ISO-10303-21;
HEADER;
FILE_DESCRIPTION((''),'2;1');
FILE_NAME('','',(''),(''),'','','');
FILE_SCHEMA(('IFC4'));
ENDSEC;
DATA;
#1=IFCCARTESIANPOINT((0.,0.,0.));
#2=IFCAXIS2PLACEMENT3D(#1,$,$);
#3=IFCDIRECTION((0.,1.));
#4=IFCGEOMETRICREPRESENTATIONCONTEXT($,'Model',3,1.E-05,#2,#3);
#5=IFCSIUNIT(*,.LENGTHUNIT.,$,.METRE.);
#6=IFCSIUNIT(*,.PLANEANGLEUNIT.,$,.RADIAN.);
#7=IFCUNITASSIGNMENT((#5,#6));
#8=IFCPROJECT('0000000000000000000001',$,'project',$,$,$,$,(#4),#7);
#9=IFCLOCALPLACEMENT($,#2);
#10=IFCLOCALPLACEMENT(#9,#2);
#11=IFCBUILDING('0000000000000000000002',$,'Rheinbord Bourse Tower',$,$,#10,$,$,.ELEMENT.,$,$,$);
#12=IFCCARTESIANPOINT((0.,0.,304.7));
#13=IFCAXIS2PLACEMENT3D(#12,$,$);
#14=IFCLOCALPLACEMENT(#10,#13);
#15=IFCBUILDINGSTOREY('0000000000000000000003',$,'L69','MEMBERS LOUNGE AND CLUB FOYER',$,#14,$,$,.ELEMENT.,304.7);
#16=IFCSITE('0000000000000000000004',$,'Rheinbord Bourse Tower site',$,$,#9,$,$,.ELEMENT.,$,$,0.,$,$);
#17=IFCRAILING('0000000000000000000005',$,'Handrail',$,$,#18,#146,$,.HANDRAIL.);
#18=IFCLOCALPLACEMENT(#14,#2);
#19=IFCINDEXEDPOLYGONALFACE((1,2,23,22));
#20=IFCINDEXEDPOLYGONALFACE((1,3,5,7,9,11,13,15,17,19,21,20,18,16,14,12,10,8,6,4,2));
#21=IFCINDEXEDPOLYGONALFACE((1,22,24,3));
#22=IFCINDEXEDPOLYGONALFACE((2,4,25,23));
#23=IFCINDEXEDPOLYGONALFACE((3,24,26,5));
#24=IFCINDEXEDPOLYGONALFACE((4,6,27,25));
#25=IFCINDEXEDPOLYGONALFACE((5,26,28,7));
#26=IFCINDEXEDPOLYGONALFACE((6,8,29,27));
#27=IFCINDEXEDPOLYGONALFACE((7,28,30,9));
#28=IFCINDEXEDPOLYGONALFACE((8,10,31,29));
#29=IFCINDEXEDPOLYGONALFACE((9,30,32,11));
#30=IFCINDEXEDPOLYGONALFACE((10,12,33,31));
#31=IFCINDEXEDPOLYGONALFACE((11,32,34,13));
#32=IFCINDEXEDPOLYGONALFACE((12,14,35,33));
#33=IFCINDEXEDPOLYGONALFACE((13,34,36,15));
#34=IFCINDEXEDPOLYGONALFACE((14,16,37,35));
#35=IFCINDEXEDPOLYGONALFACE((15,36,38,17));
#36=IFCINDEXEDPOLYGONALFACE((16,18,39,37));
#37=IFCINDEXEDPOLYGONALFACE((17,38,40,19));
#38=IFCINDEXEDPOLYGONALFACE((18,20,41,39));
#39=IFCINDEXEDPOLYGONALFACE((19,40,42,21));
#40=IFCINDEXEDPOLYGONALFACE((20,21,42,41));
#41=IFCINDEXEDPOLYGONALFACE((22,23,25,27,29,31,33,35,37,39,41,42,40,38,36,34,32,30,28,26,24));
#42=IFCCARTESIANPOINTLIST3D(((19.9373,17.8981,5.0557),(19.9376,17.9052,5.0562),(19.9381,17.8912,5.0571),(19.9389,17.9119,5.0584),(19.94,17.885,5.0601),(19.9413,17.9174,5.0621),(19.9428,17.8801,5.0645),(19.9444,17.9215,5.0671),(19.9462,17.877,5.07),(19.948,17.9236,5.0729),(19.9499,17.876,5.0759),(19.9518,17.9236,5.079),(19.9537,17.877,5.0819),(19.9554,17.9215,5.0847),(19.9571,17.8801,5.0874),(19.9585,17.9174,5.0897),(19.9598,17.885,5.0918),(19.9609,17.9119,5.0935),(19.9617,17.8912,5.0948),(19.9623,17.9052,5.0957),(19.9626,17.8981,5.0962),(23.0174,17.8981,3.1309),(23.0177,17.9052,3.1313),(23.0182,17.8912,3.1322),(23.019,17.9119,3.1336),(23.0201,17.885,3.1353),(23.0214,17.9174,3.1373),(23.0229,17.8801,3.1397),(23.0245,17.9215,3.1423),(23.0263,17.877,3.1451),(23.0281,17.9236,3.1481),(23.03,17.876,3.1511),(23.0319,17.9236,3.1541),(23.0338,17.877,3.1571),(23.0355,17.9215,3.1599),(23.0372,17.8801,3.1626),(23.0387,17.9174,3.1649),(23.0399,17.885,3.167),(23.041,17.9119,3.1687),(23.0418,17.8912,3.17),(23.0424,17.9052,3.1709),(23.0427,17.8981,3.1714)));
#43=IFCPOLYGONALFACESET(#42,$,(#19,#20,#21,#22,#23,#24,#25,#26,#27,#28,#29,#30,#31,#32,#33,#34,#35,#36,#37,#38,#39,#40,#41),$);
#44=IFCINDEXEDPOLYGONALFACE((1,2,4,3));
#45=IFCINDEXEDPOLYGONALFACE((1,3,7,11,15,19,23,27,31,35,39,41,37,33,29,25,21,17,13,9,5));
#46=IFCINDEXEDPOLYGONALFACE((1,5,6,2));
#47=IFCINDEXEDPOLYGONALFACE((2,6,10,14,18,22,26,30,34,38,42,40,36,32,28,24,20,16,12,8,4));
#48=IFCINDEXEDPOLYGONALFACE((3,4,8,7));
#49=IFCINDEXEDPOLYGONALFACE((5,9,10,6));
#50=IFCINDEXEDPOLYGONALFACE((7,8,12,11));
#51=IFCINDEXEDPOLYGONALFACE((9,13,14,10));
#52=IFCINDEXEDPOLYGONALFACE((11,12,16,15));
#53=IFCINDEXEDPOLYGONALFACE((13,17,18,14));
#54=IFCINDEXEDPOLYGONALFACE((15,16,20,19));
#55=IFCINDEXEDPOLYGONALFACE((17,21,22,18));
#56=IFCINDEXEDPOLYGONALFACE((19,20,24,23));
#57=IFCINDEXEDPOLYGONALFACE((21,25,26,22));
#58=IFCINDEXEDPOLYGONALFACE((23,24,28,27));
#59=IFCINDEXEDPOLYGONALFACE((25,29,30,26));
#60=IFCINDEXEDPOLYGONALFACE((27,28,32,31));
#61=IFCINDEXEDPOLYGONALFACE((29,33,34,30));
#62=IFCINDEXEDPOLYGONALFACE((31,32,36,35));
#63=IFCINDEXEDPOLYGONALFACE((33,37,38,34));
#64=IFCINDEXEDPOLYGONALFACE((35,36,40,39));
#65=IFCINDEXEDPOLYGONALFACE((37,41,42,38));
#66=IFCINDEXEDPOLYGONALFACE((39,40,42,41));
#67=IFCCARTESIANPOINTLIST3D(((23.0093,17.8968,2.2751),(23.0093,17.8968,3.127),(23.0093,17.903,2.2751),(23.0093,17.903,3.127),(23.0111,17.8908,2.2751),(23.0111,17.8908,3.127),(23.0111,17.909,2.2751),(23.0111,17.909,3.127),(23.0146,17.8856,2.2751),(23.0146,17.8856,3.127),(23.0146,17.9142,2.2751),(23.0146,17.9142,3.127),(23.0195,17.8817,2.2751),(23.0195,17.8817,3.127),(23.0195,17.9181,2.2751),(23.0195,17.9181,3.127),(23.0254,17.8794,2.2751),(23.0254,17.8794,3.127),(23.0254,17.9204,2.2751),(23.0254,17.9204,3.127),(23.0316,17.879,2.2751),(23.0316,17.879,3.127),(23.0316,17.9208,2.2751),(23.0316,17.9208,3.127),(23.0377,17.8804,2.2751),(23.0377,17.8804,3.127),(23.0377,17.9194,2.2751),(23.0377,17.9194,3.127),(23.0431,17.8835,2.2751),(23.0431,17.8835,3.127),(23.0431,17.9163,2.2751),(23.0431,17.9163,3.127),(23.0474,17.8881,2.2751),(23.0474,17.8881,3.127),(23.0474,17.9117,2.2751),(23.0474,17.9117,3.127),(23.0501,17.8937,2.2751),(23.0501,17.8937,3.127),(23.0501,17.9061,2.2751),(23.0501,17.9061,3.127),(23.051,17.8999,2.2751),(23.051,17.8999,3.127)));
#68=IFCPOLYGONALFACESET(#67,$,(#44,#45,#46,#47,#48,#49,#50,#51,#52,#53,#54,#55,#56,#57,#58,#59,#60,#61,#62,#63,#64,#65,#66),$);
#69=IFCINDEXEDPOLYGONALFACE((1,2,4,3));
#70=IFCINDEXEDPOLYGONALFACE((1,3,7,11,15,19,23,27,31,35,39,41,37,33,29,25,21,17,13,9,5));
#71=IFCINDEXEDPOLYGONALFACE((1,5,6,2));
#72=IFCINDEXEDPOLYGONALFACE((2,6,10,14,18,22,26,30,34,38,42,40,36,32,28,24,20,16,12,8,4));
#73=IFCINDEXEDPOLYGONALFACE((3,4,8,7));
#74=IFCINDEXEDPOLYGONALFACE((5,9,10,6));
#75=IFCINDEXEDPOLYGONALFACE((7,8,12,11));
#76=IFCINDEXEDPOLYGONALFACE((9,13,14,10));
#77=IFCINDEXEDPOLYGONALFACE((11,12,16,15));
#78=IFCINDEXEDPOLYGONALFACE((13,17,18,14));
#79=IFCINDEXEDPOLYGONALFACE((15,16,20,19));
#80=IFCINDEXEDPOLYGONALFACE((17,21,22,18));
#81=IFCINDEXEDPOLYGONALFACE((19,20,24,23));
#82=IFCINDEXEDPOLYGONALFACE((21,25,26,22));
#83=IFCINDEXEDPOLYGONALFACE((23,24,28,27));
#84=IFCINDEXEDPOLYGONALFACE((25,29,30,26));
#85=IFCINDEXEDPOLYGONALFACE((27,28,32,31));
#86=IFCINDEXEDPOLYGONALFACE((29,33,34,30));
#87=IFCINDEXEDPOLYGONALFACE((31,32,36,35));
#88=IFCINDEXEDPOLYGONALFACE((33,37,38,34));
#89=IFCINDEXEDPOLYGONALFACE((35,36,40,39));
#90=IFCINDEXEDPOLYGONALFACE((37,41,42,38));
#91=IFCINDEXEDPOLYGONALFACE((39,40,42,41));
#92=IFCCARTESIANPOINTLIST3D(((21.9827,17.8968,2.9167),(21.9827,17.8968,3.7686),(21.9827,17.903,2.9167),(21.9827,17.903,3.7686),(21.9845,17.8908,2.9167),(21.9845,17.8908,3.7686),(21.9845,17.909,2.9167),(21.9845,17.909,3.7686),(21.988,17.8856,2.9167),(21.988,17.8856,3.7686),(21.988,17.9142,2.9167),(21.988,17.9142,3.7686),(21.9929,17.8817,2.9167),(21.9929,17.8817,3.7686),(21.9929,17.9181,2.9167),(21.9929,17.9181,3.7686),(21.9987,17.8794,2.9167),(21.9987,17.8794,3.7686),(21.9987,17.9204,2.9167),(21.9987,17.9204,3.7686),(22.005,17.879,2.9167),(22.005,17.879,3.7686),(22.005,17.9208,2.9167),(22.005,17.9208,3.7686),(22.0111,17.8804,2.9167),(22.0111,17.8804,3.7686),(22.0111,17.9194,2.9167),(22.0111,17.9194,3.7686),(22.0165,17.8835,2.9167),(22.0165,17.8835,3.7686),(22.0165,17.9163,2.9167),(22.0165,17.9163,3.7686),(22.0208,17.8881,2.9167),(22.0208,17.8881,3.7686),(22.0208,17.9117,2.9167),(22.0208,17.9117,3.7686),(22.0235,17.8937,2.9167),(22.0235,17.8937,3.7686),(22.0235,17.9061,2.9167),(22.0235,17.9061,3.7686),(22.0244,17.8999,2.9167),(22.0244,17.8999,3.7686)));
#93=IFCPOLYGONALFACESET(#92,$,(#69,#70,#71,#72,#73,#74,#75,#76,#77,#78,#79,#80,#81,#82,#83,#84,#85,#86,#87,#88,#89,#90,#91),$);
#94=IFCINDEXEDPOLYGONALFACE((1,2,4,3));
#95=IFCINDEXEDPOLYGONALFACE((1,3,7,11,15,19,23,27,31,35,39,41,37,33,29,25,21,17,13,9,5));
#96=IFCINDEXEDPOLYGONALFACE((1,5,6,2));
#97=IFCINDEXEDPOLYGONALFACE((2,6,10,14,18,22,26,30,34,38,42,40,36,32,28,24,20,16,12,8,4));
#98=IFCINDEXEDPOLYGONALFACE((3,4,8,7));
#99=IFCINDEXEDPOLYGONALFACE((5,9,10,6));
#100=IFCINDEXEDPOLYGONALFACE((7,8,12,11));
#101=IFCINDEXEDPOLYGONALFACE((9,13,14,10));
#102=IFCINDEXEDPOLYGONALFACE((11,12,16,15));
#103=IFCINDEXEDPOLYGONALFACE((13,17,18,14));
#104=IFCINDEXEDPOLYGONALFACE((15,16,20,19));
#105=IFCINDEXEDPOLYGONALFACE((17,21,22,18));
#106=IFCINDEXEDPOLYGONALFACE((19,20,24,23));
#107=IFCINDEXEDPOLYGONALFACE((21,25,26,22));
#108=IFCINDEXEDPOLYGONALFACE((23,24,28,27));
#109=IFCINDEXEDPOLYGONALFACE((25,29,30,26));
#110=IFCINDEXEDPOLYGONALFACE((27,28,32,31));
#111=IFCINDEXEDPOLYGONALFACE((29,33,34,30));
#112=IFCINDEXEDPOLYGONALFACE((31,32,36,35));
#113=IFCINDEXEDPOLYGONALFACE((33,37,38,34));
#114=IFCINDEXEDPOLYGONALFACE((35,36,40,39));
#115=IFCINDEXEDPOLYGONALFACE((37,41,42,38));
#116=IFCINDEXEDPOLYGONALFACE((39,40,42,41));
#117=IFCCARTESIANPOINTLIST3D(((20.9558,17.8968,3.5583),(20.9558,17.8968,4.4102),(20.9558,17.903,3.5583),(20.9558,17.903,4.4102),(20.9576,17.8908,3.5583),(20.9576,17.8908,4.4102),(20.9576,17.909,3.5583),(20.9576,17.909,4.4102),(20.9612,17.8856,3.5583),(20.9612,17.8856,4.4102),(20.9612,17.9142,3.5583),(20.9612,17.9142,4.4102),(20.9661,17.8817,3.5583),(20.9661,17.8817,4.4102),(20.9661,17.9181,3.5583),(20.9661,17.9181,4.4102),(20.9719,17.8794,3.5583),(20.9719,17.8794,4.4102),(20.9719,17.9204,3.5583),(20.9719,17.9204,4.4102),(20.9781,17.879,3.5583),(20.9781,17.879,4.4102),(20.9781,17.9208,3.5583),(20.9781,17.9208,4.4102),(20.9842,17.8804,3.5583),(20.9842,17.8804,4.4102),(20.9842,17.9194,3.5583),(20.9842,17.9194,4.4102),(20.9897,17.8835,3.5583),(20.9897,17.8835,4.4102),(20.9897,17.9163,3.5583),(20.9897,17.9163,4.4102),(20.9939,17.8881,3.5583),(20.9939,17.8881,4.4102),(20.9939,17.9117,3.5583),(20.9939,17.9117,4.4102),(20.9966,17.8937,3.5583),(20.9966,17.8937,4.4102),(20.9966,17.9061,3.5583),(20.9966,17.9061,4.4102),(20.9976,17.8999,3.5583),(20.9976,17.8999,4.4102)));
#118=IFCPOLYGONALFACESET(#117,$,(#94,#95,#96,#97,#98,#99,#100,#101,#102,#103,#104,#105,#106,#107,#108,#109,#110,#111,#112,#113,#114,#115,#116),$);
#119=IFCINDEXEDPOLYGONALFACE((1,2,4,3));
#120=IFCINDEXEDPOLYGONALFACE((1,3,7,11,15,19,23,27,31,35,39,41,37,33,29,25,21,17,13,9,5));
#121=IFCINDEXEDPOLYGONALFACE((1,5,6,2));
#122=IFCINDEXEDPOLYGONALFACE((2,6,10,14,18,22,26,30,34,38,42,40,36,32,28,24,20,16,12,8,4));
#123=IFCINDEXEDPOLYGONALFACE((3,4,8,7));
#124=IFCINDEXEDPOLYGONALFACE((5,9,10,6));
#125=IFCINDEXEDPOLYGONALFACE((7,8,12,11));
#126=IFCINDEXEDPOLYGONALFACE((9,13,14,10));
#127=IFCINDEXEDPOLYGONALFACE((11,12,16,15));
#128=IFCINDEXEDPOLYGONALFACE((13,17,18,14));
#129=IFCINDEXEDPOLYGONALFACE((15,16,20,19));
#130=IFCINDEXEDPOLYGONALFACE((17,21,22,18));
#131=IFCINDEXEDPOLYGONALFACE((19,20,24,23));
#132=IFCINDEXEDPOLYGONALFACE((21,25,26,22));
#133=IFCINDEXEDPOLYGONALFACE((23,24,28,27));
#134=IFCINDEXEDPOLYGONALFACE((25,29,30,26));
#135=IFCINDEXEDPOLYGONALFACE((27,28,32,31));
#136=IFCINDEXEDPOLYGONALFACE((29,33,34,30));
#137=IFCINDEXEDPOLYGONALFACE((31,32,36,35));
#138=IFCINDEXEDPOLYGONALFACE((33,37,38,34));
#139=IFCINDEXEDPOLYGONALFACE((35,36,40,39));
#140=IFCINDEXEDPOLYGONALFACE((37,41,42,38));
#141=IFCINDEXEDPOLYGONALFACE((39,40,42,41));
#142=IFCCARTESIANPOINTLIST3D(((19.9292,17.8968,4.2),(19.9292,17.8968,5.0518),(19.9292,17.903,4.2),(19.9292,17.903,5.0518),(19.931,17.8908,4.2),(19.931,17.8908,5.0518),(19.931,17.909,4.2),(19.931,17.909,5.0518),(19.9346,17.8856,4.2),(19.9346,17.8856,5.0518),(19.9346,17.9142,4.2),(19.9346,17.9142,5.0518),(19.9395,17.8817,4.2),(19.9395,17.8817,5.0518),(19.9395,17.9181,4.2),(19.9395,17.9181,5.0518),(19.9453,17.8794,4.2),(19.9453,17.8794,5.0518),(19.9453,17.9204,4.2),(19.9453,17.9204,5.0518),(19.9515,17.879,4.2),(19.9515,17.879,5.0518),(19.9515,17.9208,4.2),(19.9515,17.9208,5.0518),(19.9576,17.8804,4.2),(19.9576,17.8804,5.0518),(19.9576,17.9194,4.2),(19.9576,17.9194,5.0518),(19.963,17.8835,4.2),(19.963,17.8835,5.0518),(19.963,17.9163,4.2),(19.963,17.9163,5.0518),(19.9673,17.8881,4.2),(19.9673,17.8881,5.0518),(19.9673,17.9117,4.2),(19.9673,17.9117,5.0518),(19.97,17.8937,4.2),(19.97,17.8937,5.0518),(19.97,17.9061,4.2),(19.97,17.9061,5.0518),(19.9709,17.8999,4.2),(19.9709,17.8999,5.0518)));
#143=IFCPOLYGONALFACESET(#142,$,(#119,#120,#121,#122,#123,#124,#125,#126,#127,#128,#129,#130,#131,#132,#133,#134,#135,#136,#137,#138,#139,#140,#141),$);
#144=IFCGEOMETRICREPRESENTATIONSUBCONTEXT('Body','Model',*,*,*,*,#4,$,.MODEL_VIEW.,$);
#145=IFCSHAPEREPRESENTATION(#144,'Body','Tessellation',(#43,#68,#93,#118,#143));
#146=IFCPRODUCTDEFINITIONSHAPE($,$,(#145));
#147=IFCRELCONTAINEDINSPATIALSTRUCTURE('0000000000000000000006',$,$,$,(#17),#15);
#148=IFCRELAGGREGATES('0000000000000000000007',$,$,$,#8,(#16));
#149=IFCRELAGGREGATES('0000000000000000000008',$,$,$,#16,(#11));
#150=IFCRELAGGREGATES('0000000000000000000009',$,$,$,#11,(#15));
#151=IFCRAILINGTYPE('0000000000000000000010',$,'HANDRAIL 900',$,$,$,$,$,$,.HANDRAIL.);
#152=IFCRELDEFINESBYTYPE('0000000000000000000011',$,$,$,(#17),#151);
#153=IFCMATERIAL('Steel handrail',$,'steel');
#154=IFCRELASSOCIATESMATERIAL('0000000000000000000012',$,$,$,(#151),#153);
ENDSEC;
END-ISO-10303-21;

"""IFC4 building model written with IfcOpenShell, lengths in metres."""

from ifc_helpers import new_model, si_unit, direction, frame, origin, origin_2d, place, context, subcontext, project, spatial, circle, extrude, material, type_object, element, save


model = new_model("IFC4")

# Units and contexts
model_context = context("Model", 3, precision=1e-05, world=origin(), true_north=direction((0.0, 1.0)))
body_context = subcontext(model_context, "Body", "Model", "MODEL_VIEW")
ifc_project = project(units=[si_unit("LENGTHUNIT", "METRE"), si_unit("PLANEANGLEUNIT", "RADIAN")], contexts=[model_context])

# Site, building, storey
site_placement = place(None, origin())
site = spatial("IfcSite", under=ifc_project, at=site_placement, Name="Rheinbord Bourse Tower site", CompositionType="ELEMENT", RefElevation=0.0)
building_placement = place(site_placement, origin())
building = spatial("IfcBuilding", under=site, at=building_placement, Name="Rheinbord Bourse Tower", CompositionType="ELEMENT")
storey_placement = place(building_placement, frame((0.0, 0.0, 304.7)))
storey = spatial("IfcBuildingStorey", under=building, at=storey_placement, Name="L69", Description="MEMBERS LOUNGE AND CLUB FOYER", CompositionType="ELEMENT", Elevation=304.7)

# Railing
ifc_material_1 = material(Name="Steel handrail", Category="steel")
railing_type = type_object("IfcRailingType", Name="HANDRAIL 900", PredefinedType="HANDRAIL", material=ifc_material_1)
railing_1_placement = place(storey_placement, frame((23.03, 17.8999, 2.2751)))
element("IfcRailing", 1, at=railing_1_placement, inside=storey, type_object=railing_type, Name="Handrail", PredefinedType="HANDRAIL", context=body_context, shape_type="SweptSolid", body=[
    extrude(circle(Radius=0.0239, at=origin_2d()), frame((0.0, 0.0, 0.876), z_axis=(-0.848029, 0.0, 0.529951), x_axis=(0.0, -1.0, 0.0)), (0.0, 0.0, 1.0), 3.6321),
    extrude(circle(Radius=0.021, at=origin_2d()), origin(), (0.0, 0.0, 1.0), 0.8518),
    extrude(circle(Radius=0.021, at=origin_2d()), frame((-1.0266, 0.0, 0.6416)), (0.0, 0.0, 1.0), 0.8518),
    extrude(circle(Radius=0.021, at=origin_2d()), frame((-2.0535, 0.0, 1.2832)), (0.0, 0.0, 1.0), 0.8518),
    extrude(circle(Radius=0.021, at=origin_2d()), frame((-3.0801, 0.0, 1.9248)), (0.0, 0.0, 1.0), 0.8518),
])

save(model, "model.ifc")
